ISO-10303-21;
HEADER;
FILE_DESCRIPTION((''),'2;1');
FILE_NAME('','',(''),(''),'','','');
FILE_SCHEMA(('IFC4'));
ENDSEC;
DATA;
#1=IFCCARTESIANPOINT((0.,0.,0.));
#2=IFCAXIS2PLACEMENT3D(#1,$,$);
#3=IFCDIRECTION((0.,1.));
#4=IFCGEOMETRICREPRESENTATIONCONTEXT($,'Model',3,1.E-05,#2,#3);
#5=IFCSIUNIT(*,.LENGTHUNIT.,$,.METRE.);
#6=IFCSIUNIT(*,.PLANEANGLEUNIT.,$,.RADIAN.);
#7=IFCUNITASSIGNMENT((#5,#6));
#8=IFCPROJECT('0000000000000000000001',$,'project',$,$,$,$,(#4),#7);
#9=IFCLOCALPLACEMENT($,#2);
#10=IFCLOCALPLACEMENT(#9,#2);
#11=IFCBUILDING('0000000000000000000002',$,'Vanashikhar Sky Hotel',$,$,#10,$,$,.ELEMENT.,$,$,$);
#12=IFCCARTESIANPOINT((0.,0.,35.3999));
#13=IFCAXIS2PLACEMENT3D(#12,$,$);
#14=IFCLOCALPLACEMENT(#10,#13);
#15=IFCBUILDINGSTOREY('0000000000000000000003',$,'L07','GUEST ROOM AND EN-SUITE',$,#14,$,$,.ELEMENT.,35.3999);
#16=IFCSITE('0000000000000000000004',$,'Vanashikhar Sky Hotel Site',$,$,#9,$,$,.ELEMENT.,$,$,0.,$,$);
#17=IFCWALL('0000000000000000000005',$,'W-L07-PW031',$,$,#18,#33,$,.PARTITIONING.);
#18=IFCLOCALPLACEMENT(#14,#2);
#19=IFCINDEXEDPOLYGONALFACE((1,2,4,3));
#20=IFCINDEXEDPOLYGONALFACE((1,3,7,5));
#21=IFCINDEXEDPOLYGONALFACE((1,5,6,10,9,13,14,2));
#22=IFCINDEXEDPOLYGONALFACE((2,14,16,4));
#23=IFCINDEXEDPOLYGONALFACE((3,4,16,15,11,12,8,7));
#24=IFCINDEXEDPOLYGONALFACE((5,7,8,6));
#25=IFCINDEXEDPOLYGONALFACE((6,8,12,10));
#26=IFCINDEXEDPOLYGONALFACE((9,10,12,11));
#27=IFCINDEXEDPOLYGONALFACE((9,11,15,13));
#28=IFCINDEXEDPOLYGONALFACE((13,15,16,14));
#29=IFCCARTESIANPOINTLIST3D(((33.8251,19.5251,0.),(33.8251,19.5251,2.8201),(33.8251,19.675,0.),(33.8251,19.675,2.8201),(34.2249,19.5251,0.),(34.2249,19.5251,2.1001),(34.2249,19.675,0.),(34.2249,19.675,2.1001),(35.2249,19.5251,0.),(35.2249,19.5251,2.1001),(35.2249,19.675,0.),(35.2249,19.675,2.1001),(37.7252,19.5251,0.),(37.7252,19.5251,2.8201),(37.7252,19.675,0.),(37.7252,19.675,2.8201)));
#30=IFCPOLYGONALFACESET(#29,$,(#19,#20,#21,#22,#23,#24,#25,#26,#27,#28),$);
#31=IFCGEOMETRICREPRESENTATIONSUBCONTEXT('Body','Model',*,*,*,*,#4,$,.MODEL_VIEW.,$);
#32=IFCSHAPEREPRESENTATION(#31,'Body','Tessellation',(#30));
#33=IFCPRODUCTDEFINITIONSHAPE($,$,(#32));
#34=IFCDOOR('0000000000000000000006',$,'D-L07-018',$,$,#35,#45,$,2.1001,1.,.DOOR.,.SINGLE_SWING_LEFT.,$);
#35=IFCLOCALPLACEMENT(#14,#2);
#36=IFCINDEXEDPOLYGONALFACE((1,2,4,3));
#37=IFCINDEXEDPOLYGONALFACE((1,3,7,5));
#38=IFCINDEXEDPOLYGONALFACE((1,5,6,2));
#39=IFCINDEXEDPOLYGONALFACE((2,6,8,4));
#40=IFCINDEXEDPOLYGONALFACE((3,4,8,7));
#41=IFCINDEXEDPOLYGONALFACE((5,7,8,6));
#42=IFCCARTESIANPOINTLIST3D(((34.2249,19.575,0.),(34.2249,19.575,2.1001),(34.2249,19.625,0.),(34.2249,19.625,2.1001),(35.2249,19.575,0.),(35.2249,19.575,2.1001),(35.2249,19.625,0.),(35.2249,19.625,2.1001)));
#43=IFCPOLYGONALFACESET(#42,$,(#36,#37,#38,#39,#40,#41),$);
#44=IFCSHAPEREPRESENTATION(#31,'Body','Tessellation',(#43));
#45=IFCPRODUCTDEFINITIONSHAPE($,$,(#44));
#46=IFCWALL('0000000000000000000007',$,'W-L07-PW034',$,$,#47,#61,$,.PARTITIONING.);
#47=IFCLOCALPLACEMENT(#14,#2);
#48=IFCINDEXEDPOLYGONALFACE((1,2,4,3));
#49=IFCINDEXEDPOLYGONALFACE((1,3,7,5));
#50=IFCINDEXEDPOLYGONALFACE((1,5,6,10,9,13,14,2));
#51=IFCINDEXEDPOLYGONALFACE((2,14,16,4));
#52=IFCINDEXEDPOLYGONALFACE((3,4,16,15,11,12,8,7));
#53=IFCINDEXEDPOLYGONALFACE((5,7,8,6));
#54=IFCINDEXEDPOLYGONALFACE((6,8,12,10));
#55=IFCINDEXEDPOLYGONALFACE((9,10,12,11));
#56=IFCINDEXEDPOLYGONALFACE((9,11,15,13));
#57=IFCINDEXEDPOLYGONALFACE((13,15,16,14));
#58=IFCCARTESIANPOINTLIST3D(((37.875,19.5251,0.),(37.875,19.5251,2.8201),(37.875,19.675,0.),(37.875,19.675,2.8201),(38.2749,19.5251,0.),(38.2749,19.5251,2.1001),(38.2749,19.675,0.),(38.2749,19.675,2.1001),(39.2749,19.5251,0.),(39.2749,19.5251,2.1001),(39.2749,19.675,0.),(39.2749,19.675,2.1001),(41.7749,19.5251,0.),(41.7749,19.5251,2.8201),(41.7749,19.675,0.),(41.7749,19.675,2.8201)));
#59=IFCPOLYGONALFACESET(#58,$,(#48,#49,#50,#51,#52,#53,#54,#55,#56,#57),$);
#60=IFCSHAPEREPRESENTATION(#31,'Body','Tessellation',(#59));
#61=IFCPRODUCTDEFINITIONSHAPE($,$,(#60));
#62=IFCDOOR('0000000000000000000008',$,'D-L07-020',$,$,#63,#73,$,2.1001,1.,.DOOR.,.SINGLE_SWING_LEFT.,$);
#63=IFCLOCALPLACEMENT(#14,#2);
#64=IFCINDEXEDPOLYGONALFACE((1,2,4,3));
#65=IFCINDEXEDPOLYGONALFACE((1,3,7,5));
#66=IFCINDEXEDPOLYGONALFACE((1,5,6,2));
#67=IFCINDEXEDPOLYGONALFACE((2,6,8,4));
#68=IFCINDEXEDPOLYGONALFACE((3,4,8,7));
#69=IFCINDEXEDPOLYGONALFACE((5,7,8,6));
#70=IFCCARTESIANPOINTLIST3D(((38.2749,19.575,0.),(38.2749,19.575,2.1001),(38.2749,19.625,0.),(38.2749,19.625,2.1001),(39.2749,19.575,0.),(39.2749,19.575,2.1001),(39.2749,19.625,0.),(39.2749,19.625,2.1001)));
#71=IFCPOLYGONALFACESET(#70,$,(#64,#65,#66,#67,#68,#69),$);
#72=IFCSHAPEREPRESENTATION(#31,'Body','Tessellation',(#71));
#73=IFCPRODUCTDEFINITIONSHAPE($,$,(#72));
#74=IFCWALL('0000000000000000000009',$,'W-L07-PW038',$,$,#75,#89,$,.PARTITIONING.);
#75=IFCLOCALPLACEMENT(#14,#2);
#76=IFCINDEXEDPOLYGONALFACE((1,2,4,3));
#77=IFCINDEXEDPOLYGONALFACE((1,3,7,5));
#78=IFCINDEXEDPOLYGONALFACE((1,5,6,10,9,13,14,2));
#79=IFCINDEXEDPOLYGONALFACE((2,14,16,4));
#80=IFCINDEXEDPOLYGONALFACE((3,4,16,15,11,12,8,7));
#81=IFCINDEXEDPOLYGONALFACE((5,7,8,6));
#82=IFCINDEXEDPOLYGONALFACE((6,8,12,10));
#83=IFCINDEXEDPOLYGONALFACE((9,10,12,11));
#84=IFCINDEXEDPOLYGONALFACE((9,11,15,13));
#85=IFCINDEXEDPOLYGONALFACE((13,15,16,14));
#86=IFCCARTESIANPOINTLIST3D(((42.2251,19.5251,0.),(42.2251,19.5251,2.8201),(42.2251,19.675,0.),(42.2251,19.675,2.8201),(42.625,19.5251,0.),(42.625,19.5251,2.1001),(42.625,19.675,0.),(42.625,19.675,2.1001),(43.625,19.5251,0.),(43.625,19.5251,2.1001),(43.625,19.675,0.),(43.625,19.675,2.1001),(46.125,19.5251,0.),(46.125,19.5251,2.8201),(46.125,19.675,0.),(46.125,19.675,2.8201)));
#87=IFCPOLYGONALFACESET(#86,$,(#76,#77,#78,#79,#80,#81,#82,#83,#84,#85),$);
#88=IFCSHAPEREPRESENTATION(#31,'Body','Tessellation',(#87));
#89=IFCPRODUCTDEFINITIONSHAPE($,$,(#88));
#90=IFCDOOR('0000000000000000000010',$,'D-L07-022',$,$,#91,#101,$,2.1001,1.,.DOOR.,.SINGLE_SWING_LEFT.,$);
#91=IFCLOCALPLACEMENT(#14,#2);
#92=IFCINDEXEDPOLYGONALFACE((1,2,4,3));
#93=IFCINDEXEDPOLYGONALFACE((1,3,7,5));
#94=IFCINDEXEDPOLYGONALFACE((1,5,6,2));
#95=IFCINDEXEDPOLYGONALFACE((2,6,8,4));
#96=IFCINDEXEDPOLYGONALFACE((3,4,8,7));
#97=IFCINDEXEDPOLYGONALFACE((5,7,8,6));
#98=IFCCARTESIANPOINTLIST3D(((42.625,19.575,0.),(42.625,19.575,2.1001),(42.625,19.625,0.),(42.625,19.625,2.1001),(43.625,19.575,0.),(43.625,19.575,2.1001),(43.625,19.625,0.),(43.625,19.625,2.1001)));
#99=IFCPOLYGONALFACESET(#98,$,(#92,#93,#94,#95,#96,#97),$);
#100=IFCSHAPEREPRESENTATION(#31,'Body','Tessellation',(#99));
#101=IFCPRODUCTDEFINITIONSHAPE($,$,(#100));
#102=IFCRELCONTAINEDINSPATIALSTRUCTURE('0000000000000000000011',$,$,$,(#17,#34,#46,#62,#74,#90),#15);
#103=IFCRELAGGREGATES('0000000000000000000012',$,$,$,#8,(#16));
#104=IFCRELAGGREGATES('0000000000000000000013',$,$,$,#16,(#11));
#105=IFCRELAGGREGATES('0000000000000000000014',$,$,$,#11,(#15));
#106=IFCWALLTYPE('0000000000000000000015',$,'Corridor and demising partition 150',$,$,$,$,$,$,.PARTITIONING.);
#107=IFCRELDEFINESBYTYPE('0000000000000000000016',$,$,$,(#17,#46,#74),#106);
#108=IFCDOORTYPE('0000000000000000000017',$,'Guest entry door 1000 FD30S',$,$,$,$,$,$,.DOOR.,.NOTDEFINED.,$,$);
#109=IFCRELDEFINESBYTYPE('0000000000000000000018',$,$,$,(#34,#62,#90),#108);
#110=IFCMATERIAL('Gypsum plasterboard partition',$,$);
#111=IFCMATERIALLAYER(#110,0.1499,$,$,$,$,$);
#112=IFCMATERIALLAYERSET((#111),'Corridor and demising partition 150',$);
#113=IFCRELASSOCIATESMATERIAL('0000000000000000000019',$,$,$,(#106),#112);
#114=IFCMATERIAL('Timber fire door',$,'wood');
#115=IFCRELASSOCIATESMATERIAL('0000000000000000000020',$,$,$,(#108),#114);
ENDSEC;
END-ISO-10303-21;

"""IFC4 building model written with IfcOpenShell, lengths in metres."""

from ifc_helpers import new_model, si_unit, direction, frame, frame_2d, origin, place, context, subcontext, project, spatial, rectangle, extrude, source, transform, mapped, material, layer, layer_set, type_object, element, fill, save


model = new_model("IFC4")

# Units and contexts
model_context = context("Model", 3, precision=1e-05, world=origin(), true_north=direction((0.0, 1.0)))
body_context = subcontext(model_context, "Body", "Model", "MODEL_VIEW")
ifc_project = project(units=[si_unit("LENGTHUNIT", "METRE"), si_unit("PLANEANGLEUNIT", "RADIAN")], contexts=[model_context])

# Site, building, storey
site_placement = place(None, origin())
site = spatial("IfcSite", under=ifc_project, at=site_placement, Name="Vanashikhar Sky Hotel Site", CompositionType="ELEMENT", RefElevation=0.0)
building_placement = place(site_placement, origin())
building = spatial("IfcBuilding", under=site, at=building_placement, Name="Vanashikhar Sky Hotel", CompositionType="ELEMENT")
storey_placement = place(building_placement, frame((0.0, 0.0, 35.3999)))
storey = spatial("IfcBuildingStorey", under=building, at=storey_placement, Name="L07", Description="GUEST ROOM AND EN-SUITE", CompositionType="ELEMENT", Elevation=35.3999)

# Walls, openings, doors
ifc_material_1 = material(Name="Gypsum plasterboard partition")
ifc_layer_1 = layer(ifc_material_1, 0.1499)
ifc_layer_set_1 = layer_set([ifc_layer_1], Name="Corridor and demising partition 150")
wall_type_1 = type_object("IfcWallType", Name="Corridor and demising partition 150", PredefinedType="PARTITIONING", material=ifc_layer_set_1)
shared_shape_1 = source(origin(), body_context, "Body", "SweptSolid", [
    extrude(rectangle(XDim=3.9001, YDim=0.1499, at=frame_2d((1.9502, 0.0))), origin(), (0.0, 0.0, 1.0), 2.8201),
])
wall_1_placement = place(storey_placement, frame((33.825, 19.6001, 0.0), z_axis=(0.0, 0.0, 1.0), x_axis=(1.0, 0.0, 0.0)))
wall_1 = element("IfcWall", 1, at=wall_1_placement, inside=storey, type_object=wall_type_1, Name="W-L07-PW031", PredefinedType="PARTITIONING", context=body_context, shape_type="MappedRepresentation", body=[
    mapped(shared_shape_1, transform((0.0, 0.0, 0.0), scale=1.0)),
])
shared_shape_2 = source(origin(), body_context, "Body", "SweptSolid", [
    extrude(rectangle(XDim=1.0, YDim=2.1001, at=frame_2d((0.5, 1.05))), frame((0.0, 0.085, 0.0), z_axis=(0.0, -1.0, 0.0), x_axis=(1.0, 0.0, 0.0)), (0.0, 0.0, 1.0), 0.1699),
])
opening_1_placement = place(wall_1_placement, frame((0.3999, 0.0, 0.0)))
opening_1 = element("IfcOpeningElement", 2, at=opening_1_placement, cuts=wall_1, PredefinedType="OPENING", context=body_context, shape_type="MappedRepresentation", body=[
    mapped(shared_shape_2, transform((0.0, 0.0, 0.0), scale=1.0)),
])
ifc_material_2 = material(Name="Timber fire door", Category="wood")
door_type_1 = type_object("IfcDoorType", Name="Guest entry door 1000 FD30S", OperationType="NOTDEFINED", PredefinedType="DOOR", material=ifc_material_2)
shared_shape_3 = source(origin(), body_context, "Body", "SweptSolid", [
    extrude(rectangle(XDim=1.0, YDim=2.1001, at=frame_2d((0.5, 1.05))), frame((0.0, 0.0249, 0.0), z_axis=(0.0, -1.0, 0.0), x_axis=(1.0, 0.0, 0.0)), (0.0, 0.0, 1.0), 0.05),
])
door_1_placement = place(opening_1_placement, origin())
door_1 = element("IfcDoor", 3, at=door_1_placement, inside=storey, type_object=door_type_1, Name="D-L07-018", OperationType="SINGLE_SWING_LEFT", OverallHeight=2.1001, OverallWidth=1.0, PredefinedType="DOOR", context=body_context, shape_type="MappedRepresentation", body=[
    mapped(shared_shape_3, transform((0.0, 0.0, 0.0), scale=1.0)),
])
fill(opening_1, door_1)
shared_shape_4 = source(origin(), body_context, "Body", "SweptSolid", [
    extrude(rectangle(XDim=3.8999, YDim=0.1499, at=frame_2d((1.95, 0.0))), origin(), (0.0, 0.0, 1.0), 2.8201),
])
wall_2_placement = place(storey_placement, frame((37.875, 19.6001, 0.0), z_axis=(0.0, 0.0, 1.0), x_axis=(1.0, 0.0, 0.0)))
wall_2 = element("IfcWall", 4, at=wall_2_placement, inside=storey, type_object=wall_type_1, Name="W-L07-PW034", PredefinedType="PARTITIONING", context=body_context, shape_type="MappedRepresentation", body=[
    mapped(shared_shape_4, transform((0.0, 0.0, 0.0), scale=1.0)),
])
opening_2_placement = place(wall_2_placement, frame((0.3999, 0.0, 0.0)))
opening_2 = element("IfcOpeningElement", 5, at=opening_2_placement, cuts=wall_2, PredefinedType="OPENING", context=body_context, shape_type="MappedRepresentation", body=[
    mapped(shared_shape_2, transform((0.0, 0.0, 0.0), scale=1.0)),
])
door_2_placement = place(opening_2_placement, origin())
door_2 = element("IfcDoor", 6, at=door_2_placement, inside=storey, type_object=door_type_1, Name="D-L07-020", OperationType="SINGLE_SWING_LEFT", OverallHeight=2.1001, OverallWidth=1.0, PredefinedType="DOOR", context=body_context, shape_type="MappedRepresentation", body=[
    mapped(shared_shape_3, transform((0.0, 0.0, 0.0), scale=1.0)),
])
fill(opening_2, door_2)
wall_3_placement = place(storey_placement, frame((42.2251, 19.6001, 0.0), z_axis=(0.0, 0.0, 1.0), x_axis=(1.0, 0.0, 0.0)))
wall_3 = element("IfcWall", 7, at=wall_3_placement, inside=storey, type_object=wall_type_1, Name="W-L07-PW038", PredefinedType="PARTITIONING", context=body_context, shape_type="MappedRepresentation", body=[
    mapped(shared_shape_4, transform((0.0, 0.0, 0.0), scale=1.0)),
])
opening_3_placement = place(wall_3_placement, frame((0.3999, 0.0, 0.0)))
opening_3 = element("IfcOpeningElement", 8, at=opening_3_placement, cuts=wall_3, PredefinedType="OPENING", context=body_context, shape_type="MappedRepresentation", body=[
    mapped(shared_shape_2, transform((0.0, 0.0, 0.0), scale=1.0)),
])
door_3_placement = place(opening_3_placement, origin())
door_3 = element("IfcDoor", 9, at=door_3_placement, inside=storey, type_object=door_type_1, Name="D-L07-022", OperationType="SINGLE_SWING_LEFT", OverallHeight=2.1001, OverallWidth=1.0, PredefinedType="DOOR", context=body_context, shape_type="MappedRepresentation", body=[
    mapped(shared_shape_3, transform((0.0, 0.0, 0.0), scale=1.0)),
])
fill(opening_3, door_3)

save(model, "model.ifc")
